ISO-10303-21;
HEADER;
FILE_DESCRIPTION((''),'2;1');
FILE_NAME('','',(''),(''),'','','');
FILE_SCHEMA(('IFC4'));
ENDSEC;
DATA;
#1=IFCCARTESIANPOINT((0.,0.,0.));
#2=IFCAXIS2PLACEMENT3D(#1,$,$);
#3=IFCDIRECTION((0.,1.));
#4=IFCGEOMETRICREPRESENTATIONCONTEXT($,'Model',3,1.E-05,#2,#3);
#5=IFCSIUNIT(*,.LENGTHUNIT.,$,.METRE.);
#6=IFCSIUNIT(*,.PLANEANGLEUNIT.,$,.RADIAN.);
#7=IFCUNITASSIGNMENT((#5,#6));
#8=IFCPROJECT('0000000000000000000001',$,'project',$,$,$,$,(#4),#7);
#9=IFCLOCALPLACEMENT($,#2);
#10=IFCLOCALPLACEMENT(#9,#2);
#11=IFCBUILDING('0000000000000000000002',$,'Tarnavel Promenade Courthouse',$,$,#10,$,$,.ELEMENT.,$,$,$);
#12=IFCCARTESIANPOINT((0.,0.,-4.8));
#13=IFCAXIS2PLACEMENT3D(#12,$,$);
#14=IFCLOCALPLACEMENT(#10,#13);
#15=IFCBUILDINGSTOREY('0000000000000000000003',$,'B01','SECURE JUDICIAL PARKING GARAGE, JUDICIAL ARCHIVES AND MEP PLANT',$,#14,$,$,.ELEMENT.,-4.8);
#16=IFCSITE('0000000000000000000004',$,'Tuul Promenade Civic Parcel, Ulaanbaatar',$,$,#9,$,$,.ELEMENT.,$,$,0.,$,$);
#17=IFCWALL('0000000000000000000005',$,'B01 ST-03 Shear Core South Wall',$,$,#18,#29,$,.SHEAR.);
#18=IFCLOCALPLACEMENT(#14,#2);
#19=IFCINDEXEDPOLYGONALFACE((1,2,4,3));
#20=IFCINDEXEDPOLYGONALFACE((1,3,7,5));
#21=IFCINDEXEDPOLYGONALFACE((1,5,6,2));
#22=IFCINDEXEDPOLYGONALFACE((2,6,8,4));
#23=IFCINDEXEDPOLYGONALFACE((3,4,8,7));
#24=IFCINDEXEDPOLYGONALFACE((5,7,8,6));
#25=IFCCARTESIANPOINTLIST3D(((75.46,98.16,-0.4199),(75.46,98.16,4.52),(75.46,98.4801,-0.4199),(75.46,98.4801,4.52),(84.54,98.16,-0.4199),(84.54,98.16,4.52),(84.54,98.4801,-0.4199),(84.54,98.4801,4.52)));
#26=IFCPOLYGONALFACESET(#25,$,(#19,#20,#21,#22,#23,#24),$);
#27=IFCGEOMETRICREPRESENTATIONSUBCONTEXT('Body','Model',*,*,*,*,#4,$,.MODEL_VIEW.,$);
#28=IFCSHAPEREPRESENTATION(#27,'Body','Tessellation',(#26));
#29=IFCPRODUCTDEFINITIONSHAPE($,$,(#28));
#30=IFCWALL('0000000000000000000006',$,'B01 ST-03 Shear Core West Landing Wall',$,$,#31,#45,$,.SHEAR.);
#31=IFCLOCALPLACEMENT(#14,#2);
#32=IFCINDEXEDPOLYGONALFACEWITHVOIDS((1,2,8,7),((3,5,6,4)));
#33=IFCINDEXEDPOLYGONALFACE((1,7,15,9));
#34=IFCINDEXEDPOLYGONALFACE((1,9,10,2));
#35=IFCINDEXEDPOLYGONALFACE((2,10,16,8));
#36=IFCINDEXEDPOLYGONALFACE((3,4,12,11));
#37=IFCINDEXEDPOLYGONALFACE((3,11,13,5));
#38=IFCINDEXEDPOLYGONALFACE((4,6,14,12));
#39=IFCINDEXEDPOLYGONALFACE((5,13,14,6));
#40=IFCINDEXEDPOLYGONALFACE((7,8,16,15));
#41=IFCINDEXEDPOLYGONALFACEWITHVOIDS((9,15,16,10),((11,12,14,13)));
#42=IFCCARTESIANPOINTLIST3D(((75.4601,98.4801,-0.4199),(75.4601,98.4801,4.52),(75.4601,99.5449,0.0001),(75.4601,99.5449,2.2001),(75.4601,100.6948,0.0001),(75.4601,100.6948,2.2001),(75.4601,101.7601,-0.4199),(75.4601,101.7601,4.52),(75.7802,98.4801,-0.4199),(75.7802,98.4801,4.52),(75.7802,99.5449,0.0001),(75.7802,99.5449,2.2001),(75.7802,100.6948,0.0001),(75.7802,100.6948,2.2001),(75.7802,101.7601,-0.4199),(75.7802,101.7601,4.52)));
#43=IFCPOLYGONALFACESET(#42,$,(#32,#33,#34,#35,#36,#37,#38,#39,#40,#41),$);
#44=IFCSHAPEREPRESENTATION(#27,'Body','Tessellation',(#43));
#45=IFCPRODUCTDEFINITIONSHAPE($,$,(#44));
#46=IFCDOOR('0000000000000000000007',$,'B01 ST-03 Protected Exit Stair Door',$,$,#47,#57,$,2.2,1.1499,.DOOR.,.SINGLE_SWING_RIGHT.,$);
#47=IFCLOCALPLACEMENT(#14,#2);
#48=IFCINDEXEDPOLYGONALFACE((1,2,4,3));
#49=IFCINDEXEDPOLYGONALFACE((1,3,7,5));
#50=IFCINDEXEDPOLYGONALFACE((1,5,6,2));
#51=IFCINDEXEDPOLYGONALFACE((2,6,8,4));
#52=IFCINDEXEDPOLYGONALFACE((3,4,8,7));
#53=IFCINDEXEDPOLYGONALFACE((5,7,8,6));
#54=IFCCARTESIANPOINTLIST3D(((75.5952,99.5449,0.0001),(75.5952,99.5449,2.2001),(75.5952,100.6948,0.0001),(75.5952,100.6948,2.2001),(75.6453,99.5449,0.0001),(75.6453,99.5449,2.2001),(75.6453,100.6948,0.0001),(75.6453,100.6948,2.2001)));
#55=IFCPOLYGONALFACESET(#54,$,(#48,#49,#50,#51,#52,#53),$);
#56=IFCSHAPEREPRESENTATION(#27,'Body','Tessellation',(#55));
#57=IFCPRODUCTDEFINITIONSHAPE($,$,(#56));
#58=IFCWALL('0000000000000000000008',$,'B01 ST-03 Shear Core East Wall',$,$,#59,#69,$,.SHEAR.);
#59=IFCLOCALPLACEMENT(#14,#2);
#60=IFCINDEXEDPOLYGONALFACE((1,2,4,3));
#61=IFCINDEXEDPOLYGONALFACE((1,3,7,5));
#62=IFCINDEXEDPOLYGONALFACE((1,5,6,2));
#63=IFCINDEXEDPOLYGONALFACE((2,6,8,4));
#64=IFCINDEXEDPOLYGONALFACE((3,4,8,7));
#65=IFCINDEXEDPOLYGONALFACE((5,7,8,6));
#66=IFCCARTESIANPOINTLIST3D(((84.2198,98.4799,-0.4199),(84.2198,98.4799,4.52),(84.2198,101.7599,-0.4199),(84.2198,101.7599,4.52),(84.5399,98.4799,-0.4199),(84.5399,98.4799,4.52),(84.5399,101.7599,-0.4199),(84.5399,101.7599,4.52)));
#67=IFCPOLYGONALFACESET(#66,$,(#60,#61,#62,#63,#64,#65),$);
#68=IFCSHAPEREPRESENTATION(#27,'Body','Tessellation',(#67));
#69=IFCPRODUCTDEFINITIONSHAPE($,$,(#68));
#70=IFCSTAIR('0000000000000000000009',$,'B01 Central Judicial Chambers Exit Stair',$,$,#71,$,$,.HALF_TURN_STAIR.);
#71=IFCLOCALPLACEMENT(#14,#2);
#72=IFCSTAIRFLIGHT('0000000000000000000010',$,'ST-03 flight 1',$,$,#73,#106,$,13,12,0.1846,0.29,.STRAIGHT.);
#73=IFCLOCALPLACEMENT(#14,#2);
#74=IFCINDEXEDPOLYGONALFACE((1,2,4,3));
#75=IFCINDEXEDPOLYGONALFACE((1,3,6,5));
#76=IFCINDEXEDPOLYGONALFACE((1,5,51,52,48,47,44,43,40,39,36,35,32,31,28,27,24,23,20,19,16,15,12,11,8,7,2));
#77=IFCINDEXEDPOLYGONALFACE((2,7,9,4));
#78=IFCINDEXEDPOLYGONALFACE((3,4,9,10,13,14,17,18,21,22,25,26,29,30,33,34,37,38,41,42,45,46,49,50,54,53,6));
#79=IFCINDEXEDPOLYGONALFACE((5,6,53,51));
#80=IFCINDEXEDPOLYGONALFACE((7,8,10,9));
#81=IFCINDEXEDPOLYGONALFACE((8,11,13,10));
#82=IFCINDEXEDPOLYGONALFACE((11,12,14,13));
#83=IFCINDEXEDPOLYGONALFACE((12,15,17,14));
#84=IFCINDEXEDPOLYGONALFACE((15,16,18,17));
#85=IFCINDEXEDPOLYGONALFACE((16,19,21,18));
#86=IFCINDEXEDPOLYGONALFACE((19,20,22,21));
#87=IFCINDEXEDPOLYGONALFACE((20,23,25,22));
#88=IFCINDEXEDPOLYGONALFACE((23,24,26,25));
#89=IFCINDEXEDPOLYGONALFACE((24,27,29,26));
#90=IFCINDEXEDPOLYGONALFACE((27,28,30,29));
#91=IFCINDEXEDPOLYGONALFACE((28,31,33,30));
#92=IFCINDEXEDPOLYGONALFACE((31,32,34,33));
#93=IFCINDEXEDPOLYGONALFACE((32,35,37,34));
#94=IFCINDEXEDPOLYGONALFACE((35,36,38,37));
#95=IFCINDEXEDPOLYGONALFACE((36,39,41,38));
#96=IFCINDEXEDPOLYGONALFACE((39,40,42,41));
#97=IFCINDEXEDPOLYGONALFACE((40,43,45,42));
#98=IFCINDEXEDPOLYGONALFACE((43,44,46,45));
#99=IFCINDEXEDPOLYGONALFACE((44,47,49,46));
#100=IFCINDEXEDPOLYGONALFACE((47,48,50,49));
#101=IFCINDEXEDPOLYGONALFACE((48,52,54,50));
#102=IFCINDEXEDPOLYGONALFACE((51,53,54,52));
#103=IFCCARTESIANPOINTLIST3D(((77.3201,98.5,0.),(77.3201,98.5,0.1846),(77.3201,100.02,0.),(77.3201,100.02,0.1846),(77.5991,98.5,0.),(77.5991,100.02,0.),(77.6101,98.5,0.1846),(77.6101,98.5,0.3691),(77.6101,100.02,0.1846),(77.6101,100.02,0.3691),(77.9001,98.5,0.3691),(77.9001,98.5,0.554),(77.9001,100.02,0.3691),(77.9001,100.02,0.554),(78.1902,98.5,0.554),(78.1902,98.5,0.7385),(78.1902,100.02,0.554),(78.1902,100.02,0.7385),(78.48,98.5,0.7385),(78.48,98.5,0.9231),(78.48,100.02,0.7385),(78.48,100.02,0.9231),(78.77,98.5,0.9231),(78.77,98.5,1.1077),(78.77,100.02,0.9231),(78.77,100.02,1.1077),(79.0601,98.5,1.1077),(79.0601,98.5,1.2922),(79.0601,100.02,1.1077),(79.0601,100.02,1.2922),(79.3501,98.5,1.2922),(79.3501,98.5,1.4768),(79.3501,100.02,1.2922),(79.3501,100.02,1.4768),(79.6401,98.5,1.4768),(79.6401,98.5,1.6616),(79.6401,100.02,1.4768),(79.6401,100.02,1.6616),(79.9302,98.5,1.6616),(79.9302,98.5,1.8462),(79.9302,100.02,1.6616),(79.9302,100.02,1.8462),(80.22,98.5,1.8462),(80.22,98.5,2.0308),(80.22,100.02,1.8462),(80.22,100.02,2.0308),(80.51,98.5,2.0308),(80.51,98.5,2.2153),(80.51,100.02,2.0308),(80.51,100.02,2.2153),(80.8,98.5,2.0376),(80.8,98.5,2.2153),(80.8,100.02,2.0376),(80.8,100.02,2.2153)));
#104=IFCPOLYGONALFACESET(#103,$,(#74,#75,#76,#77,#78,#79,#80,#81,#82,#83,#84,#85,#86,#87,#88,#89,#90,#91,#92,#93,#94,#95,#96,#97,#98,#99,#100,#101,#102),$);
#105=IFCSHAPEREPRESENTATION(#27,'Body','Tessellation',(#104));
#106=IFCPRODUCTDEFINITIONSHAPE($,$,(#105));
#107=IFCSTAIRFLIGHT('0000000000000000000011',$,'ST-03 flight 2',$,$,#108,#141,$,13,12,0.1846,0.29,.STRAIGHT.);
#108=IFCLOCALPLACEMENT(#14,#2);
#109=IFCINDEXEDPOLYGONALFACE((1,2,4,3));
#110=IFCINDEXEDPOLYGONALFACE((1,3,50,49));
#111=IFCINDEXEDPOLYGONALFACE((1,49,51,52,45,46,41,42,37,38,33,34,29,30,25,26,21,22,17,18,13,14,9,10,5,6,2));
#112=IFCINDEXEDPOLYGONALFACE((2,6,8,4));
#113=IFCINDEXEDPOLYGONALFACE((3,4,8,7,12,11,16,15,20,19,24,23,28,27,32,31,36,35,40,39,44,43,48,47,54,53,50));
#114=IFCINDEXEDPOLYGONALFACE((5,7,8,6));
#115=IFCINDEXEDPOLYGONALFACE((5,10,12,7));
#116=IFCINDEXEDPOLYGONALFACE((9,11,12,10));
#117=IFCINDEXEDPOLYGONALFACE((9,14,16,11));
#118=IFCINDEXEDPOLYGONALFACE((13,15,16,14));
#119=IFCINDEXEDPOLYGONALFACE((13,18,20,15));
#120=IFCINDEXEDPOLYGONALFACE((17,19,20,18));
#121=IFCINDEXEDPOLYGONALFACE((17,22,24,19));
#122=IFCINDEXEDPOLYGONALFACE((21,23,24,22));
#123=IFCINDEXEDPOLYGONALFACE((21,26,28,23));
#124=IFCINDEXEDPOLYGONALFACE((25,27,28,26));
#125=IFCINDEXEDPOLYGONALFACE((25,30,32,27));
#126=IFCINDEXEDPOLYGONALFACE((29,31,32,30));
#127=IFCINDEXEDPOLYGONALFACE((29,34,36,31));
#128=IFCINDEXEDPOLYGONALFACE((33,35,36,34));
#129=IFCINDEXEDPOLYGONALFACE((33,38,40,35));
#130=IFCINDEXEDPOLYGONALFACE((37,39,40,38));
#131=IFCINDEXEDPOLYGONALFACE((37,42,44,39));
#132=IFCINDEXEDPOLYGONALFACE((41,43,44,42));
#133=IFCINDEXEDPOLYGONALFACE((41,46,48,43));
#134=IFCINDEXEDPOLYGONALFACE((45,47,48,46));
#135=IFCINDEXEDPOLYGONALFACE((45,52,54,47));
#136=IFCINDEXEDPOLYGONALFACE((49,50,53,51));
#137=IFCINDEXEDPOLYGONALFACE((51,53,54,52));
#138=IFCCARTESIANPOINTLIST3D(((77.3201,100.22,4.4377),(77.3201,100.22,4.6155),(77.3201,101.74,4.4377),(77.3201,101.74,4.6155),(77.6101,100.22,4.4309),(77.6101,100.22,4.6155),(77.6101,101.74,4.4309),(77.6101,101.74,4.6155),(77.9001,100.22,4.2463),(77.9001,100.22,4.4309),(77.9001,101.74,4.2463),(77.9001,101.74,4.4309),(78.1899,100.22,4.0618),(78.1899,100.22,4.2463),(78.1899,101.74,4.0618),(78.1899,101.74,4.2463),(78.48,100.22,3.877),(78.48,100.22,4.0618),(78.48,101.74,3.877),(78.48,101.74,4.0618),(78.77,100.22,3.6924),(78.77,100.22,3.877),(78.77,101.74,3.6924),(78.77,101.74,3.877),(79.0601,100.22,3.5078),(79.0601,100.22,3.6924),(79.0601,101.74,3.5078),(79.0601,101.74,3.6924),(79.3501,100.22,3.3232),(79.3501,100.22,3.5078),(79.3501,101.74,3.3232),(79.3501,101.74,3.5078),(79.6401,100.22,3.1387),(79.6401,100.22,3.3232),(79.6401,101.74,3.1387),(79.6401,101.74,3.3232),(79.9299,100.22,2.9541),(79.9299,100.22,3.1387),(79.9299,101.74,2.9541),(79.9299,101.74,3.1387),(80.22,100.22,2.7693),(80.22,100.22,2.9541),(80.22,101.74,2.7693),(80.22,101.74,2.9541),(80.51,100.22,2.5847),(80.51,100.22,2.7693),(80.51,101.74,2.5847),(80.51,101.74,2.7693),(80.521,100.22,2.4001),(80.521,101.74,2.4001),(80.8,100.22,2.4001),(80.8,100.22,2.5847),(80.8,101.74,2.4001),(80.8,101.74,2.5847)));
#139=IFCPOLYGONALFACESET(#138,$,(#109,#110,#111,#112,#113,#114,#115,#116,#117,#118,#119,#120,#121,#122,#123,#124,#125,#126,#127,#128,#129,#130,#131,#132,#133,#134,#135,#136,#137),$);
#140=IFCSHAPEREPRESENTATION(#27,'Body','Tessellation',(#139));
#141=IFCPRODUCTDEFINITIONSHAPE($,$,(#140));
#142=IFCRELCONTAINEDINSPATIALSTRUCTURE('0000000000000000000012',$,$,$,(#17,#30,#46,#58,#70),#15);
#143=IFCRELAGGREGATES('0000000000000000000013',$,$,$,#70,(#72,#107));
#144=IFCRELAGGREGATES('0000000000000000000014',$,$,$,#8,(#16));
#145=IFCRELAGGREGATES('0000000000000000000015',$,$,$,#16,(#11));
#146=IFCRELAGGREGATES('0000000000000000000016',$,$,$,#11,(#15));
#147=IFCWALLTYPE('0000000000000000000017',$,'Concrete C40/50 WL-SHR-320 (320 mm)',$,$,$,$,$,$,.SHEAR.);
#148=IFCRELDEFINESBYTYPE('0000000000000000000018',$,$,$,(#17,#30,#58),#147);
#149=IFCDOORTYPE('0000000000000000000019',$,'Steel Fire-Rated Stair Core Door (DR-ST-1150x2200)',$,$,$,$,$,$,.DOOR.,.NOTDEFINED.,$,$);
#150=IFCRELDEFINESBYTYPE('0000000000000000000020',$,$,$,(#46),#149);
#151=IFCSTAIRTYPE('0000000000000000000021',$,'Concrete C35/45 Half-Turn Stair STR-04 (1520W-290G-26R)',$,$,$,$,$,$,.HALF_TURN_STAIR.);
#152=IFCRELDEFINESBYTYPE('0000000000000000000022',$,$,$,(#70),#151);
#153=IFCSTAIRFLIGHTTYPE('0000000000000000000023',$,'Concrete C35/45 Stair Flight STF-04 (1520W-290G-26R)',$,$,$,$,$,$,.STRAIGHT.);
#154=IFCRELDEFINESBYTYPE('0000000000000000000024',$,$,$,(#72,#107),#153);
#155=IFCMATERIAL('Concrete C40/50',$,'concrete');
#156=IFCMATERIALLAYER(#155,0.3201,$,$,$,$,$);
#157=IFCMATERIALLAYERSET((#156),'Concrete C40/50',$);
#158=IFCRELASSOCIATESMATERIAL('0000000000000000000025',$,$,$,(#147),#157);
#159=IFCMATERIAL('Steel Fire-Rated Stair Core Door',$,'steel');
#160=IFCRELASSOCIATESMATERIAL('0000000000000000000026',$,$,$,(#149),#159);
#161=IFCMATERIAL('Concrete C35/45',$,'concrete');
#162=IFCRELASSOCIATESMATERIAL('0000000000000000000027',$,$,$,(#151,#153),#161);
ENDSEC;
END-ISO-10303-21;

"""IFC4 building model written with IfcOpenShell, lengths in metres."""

from ifc_helpers import new_model, si_unit, direction, frame, frame_2d, origin, place, context, subcontext, project, spatial, polyline, rectangle, outline, extrude, material, layer, layer_set, type_object, element, fill, aggregate, save


model = new_model("IFC4")

# Units and contexts
model_context = context("Model", 3, precision=1e-05, world=origin(), true_north=direction((0.0, 1.0)))
body_context = subcontext(model_context, "Body", "Model", "MODEL_VIEW")
ifc_project = project(units=[si_unit("LENGTHUNIT", "METRE"), si_unit("PLANEANGLEUNIT", "RADIAN")], contexts=[model_context])

# Site, building, storey
site_placement = place(None, origin())
site = spatial("IfcSite", under=ifc_project, at=site_placement, Name="Tuul Promenade Civic Parcel, Ulaanbaatar", CompositionType="ELEMENT", RefElevation=0.0)
building_placement = place(site_placement, origin())
building = spatial("IfcBuilding", under=site, at=building_placement, Name="Tarnavel Promenade Courthouse", CompositionType="ELEMENT")
storey_placement = place(building_placement, frame((0.0, 0.0, -4.8)))
storey = spatial("IfcBuildingStorey", under=building, at=storey_placement, Name="B01", Description="SECURE JUDICIAL PARKING GARAGE, JUDICIAL ARCHIVES AND MEP PLANT", CompositionType="ELEMENT", Elevation=-4.8)

# Shared definitions
ifc_material_1 = material(Name="Concrete C35/45", Category="concrete")

# Shared definitions
ifc_material_2 = material(Name="Concrete C40/50", Category="concrete")

# Wall
ifc_layer_1 = layer(ifc_material_2, 0.3201)
ifc_layer_set_1 = layer_set([ifc_layer_1], Name="Concrete C40/50")
wall_type_1 = type_object("IfcWallType", Name="Concrete C40/50 WL-SHR-320 (320 mm)", PredefinedType="SHEAR", material=ifc_layer_set_1)
wall_1_placement = place(storey_placement, frame((84.54, 98.3201, -0.4199), z_axis=(0.0, 0.0, 1.0), x_axis=(-1.0, 0.0, 0.0)))
element("IfcWall", 1, at=wall_1_placement, inside=storey, type_object=wall_type_1, Name="B01 ST-03 Shear Core South Wall", PredefinedType="SHEAR", context=body_context, shape_type="SweptSolid", body=[
    extrude(rectangle(XDim=9.0801, YDim=0.3201, at=frame_2d((4.54, 0.0))), origin(), (0.0, 0.0, 1.0), 4.9399),
])

# Wall, opening, door
wall_2_placement = place(storey_placement, frame((75.6201, 98.48, -0.4199), z_axis=(0.0, 0.0, 1.0), x_axis=(0.0, 1.0, 0.0)))
wall_2 = element("IfcWall", 2, at=wall_2_placement, inside=storey, type_object=wall_type_1, Name="B01 ST-03 Shear Core West Landing Wall", PredefinedType="SHEAR", context=body_context, shape_type="SweptSolid", body=[
    extrude(rectangle(XDim=3.28, YDim=0.3201, at=frame_2d((1.6401, 0.0))), origin(), (0.0, 0.0, 1.0), 4.9399),
])
opening_placement = place(wall_2_placement, frame((1.0649, 0.0, 0.4199)))
opening = element("IfcOpeningElement", 3, at=opening_placement, cuts=wall_2, PredefinedType="OPENING", context=body_context, shape_type="SweptSolid", body=[
    extrude(rectangle(XDim=1.1499, YDim=2.2, at=frame_2d((0.575, 1.1001))), frame((0.0, 0.1699, 0.0), z_axis=(0.0, -1.0, 0.0), x_axis=(1.0, 0.0, 0.0)), (0.0, 0.0, 1.0), 0.3401),
])
ifc_material_3 = material(Name="Steel Fire-Rated Stair Core Door", Category="steel")
door_type = type_object("IfcDoorType", Name="Steel Fire-Rated Stair Core Door (DR-ST-1150x2200)", OperationType="NOTDEFINED", PredefinedType="DOOR", material=ifc_material_3)
door_placement = place(opening_placement, origin())
door = element("IfcDoor", 4, at=door_placement, inside=storey, type_object=door_type, Name="B01 ST-03 Protected Exit Stair Door", OperationType="SINGLE_SWING_RIGHT", OverallHeight=2.2, OverallWidth=1.1499, PredefinedType="DOOR", context=body_context, shape_type="SweptSolid", body=[
    extrude(rectangle(XDim=1.1499, YDim=2.2, at=frame_2d((0.575, 1.1001))), frame((0.0, 0.0249, 0.0), z_axis=(0.0, -1.0, 0.0), x_axis=(1.0, 0.0, 0.0)), (0.0, 0.0, 1.0), 0.05),
])
fill(opening, door)

# Wall
wall_3_placement = place(storey_placement, frame((84.3799, 101.76, -0.4199), z_axis=(0.0, 0.0, 1.0), x_axis=(0.0, -1.0, 0.0)))
element("IfcWall", 5, at=wall_3_placement, inside=storey, type_object=wall_type_1, Name="B01 ST-03 Shear Core East Wall", PredefinedType="SHEAR", context=body_context, shape_type="SweptSolid", body=[
    extrude(rectangle(XDim=3.28, YDim=0.3201, at=frame_2d((1.6401, 0.0))), origin(), (0.0, 0.0, 1.0), 4.9399),
])

# Stair, stair flights
stair_type = type_object("IfcStairType", Name="Concrete C35/45 Half-Turn Stair STR-04 (1520W-290G-26R)", PredefinedType="HALF_TURN_STAIR", material=ifc_material_1)
stair_placement = place(storey_placement, origin())
stair = element("IfcStair", 6, at=stair_placement, inside=storey, type_object=stair_type, Name="B01 Central Judicial Chambers Exit Stair", PredefinedType="HALF_TURN_STAIR")
stair_flight_type = type_object("IfcStairFlightType", Name="Concrete C35/45 Stair Flight STF-04 (1520W-290G-26R)", PredefinedType="STRAIGHT", material=ifc_material_1)
stair_flight_1_placement = place(storey_placement, frame((77.3201, 99.26, 0.0), z_axis=(0.0, 0.0, 1.0), x_axis=(1.0, 0.0, 0.0)))
stair_flight_1 = element("IfcStairFlight", 7, at=stair_flight_1_placement, type_object=stair_flight_type, Name="ST-03 flight 1", NumberOfRisers=13, NumberOfTreads=12, PredefinedType="STRAIGHT", RiserHeight=0.1846, TreadLength=0.29, context=body_context, shape_type="SweptSolid", body=[
    extrude(outline(polyline([(0.0, 0.0), (0.0, 0.1846), (0.29, 0.1846), (0.29, 0.3691), (0.5801, 0.3691), (0.5801, 0.554), (0.8701, 0.554), (0.8701, 0.7385), (1.1599, 0.7385), (1.1599, 0.9231), (1.45, 0.9231), (1.45, 1.1077), (1.74, 1.1077), (1.74, 1.2922), (2.03, 1.2922), (2.03, 1.4768), (2.3201, 1.4768), (2.3201, 1.6616), (2.6101, 1.6616), (2.6101, 1.8462), (2.8999, 1.8462), (2.8999, 2.0308), (3.1899, 2.0308), (3.1899, 2.2153), (3.48, 2.2153), (3.48, 2.3999), (3.48, 2.0376), (0.2791, 0.0), (0.0, 0.0)])), frame((0.0, 0.76, 0.0), z_axis=(0.0, -1.0, 0.0), x_axis=(1.0, 0.0, 0.0)), (0.0, 0.0, 1.0), 1.52),
])
stair_flight_2_placement = place(storey_placement, frame((80.8, 100.98, 2.4001), z_axis=(0.0, 0.0, 1.0), x_axis=(-1.0, 0.0, 0.0)))
stair_flight_2 = element("IfcStairFlight", 8, at=stair_flight_2_placement, type_object=stair_flight_type, Name="ST-03 flight 2", NumberOfRisers=13, NumberOfTreads=12, PredefinedType="STRAIGHT", RiserHeight=0.1846, TreadLength=0.29, context=body_context, shape_type="SweptSolid", body=[
    extrude(outline(polyline([(0.0, 0.0), (0.0, 0.1846), (0.29, 0.1846), (0.29, 0.3691), (0.5801, 0.3691), (0.5801, 0.554), (0.8701, 0.554), (0.8701, 0.7385), (1.1599, 0.7385), (1.1599, 0.9231), (1.45, 0.9231), (1.45, 1.1077), (1.74, 1.1077), (1.74, 1.2922), (2.03, 1.2922), (2.03, 1.4768), (2.3201, 1.4768), (2.3201, 1.6616), (2.6101, 1.6616), (2.6101, 1.8462), (2.8999, 1.8462), (2.8999, 2.0308), (3.1899, 2.0308), (3.1899, 2.2153), (3.48, 2.2153), (3.48, 2.3999), (3.48, 2.0376), (0.2791, 0.0), (0.0, 0.0)])), frame((0.0, 0.76, 0.0), z_axis=(0.0, -1.0, 0.0), x_axis=(1.0, 0.0, 0.0)), (0.0, 0.0, 1.0), 1.52),
])
aggregate(stair, [stair_flight_1, stair_flight_2])

save(model, "model.ifc")
